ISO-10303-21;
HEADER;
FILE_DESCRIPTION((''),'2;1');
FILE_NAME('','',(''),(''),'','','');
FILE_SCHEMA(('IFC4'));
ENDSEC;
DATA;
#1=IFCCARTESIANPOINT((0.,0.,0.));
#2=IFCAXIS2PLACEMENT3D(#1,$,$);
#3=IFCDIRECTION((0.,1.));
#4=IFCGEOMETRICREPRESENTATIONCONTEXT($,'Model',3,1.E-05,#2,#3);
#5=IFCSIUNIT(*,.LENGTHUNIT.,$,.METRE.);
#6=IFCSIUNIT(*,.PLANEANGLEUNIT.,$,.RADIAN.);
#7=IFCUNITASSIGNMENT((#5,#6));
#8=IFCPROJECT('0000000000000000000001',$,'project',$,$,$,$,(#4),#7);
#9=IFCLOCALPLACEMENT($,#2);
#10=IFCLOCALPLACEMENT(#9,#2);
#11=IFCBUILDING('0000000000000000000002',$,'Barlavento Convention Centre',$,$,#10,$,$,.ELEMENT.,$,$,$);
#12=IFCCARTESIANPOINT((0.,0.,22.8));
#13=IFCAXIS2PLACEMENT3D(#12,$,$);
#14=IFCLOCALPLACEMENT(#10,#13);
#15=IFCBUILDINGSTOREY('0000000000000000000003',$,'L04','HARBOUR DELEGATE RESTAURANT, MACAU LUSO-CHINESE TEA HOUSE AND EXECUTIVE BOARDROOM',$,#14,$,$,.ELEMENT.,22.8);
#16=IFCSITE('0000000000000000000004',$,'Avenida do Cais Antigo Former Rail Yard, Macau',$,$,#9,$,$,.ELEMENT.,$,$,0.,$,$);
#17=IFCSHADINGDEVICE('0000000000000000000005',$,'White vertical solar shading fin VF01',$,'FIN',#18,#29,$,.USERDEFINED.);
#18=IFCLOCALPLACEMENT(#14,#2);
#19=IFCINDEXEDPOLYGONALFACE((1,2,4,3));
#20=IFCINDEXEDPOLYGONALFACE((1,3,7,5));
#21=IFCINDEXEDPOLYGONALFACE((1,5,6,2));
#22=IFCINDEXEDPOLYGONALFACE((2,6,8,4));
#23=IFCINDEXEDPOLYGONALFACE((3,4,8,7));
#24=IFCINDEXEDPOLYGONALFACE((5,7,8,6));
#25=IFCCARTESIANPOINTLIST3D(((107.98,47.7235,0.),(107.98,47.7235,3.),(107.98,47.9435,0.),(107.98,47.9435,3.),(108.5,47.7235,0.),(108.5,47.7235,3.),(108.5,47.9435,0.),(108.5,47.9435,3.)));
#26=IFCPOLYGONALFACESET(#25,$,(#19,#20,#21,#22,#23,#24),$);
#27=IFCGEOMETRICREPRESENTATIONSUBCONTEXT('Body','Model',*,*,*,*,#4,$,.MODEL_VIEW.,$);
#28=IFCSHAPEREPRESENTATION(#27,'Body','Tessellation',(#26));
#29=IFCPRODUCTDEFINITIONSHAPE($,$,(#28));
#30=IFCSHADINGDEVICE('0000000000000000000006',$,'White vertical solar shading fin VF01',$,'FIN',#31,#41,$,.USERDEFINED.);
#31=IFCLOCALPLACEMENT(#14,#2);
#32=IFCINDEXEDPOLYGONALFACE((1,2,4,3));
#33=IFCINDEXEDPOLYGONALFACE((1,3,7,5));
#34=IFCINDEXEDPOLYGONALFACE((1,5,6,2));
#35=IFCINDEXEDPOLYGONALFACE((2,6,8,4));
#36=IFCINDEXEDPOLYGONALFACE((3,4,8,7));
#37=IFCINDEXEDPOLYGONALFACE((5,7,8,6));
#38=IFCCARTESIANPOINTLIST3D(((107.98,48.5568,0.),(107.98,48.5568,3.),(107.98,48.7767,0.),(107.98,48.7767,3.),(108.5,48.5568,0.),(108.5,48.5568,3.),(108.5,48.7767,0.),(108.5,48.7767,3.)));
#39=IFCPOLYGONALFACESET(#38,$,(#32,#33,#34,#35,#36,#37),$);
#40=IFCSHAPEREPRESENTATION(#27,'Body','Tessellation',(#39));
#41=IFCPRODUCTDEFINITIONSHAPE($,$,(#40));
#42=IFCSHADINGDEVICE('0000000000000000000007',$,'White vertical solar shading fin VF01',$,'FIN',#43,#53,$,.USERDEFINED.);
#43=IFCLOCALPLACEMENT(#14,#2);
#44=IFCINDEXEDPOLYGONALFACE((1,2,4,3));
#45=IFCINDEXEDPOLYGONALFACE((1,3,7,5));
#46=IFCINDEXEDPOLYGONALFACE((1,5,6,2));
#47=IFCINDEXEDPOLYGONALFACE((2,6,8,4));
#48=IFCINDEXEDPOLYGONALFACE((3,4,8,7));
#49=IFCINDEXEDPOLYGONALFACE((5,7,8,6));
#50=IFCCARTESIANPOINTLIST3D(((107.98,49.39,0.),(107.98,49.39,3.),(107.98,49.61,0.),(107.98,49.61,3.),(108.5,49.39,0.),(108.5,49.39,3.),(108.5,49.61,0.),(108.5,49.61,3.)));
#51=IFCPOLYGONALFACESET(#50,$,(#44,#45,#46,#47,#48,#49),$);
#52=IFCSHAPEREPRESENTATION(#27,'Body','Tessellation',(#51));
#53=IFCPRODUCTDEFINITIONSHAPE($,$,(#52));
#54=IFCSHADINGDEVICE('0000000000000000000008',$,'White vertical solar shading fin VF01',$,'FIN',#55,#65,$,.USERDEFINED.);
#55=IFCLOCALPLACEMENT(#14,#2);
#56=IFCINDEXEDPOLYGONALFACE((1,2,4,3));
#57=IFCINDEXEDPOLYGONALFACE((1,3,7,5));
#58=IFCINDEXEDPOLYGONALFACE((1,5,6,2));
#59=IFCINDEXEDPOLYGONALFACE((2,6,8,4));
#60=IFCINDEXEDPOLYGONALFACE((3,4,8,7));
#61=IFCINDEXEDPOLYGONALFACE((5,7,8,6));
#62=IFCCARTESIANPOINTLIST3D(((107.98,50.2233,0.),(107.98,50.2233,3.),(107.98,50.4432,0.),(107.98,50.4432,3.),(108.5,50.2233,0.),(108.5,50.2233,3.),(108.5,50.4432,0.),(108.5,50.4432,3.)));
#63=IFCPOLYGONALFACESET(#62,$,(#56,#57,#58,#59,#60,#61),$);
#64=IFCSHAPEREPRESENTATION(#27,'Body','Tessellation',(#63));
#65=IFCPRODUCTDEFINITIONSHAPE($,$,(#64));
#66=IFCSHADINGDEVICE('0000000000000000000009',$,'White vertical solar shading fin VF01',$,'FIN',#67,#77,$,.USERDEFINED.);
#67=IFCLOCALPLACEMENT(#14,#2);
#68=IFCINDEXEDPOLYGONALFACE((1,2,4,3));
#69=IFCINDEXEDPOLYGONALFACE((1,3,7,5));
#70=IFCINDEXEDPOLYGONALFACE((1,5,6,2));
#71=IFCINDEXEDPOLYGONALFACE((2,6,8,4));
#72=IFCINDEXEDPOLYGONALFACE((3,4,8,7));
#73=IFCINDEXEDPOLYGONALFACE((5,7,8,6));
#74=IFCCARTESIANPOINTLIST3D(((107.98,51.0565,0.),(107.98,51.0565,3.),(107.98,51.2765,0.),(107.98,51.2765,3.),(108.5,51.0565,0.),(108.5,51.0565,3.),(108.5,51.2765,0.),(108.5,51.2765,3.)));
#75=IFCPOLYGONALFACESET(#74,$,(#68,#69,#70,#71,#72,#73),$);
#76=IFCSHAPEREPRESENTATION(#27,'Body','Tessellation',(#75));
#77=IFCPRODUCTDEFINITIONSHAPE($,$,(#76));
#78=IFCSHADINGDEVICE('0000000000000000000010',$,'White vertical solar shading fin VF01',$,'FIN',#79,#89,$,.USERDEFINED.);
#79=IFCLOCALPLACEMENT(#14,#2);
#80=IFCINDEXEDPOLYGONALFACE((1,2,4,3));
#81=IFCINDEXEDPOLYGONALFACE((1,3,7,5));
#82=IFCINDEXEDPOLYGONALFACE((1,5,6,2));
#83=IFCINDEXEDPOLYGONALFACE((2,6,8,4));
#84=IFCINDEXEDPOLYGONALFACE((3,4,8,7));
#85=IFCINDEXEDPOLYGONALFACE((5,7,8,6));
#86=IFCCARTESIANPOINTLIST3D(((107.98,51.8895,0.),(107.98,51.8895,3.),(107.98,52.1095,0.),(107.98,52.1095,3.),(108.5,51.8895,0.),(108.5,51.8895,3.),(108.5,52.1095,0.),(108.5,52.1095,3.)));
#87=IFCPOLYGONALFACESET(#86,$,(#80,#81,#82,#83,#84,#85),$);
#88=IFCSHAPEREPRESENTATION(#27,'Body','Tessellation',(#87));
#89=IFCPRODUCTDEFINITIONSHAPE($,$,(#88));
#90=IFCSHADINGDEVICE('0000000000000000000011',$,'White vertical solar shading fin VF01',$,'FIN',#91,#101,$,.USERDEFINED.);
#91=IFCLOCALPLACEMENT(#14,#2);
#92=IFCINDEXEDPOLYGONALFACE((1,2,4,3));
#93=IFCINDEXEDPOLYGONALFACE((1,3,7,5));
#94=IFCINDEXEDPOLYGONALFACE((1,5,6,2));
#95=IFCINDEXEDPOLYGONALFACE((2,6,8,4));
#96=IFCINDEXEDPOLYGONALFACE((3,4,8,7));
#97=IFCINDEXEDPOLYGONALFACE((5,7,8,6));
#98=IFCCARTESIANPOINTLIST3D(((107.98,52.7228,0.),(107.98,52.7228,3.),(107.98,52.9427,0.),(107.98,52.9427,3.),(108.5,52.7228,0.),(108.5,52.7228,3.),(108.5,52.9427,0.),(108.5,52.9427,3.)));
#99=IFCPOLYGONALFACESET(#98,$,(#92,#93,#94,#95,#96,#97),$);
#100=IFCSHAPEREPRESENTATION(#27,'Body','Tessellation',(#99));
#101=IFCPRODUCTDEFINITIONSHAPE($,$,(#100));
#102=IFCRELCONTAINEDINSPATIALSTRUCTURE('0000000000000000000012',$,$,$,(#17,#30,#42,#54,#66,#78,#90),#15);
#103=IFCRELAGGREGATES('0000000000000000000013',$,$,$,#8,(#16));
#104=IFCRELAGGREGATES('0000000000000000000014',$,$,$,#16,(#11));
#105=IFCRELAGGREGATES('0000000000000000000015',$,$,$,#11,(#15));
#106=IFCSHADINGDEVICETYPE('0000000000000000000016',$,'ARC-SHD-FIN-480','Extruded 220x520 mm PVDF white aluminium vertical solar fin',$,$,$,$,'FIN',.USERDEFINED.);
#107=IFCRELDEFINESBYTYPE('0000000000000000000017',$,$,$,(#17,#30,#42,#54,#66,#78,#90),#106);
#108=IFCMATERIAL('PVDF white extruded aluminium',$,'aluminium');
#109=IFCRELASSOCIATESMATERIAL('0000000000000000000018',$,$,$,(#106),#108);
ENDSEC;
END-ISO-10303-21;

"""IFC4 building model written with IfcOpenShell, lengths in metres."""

from ifc_helpers import new_model, si_unit, direction, frame, origin, origin_2d, place, context, subcontext, project, spatial, rectangle, extrude, material, type_object, element, save


model = new_model("IFC4")

# Units and contexts
model_context = context("Model", 3, precision=1e-05, world=origin(), true_north=direction((0.0, 1.0)))
body_context = subcontext(model_context, "Body", "Model", "MODEL_VIEW")
ifc_project = project(units=[si_unit("LENGTHUNIT", "METRE"), si_unit("PLANEANGLEUNIT", "RADIAN")], contexts=[model_context])

# Site, building, storey
site_placement = place(None, origin())
site = spatial("IfcSite", under=ifc_project, at=site_placement, Name="Avenida do Cais Antigo Former Rail Yard, Macau", CompositionType="ELEMENT", RefElevation=0.0)
building_placement = place(site_placement, origin())
building = spatial("IfcBuilding", under=site, at=building_placement, Name="Barlavento Convention Centre", CompositionType="ELEMENT")
storey_placement = place(building_placement, frame((0.0, 0.0, 22.8)))
storey = spatial("IfcBuildingStorey", under=building, at=storey_placement, Name="L04", Description="HARBOUR DELEGATE RESTAURANT, MACAU LUSO-CHINESE TEA HOUSE AND EXECUTIVE BOARDROOM", CompositionType="ELEMENT", Elevation=22.8)

# Shading devices
ifc_material_1 = material(Name="PVDF white extruded aluminium", Category="aluminium")
shading_device_type = type_object("IfcShadingDeviceType", Name="ARC-SHD-FIN-480", Description="Extruded 220x520 mm PVDF white aluminium vertical solar fin", ElementType="FIN", PredefinedType="USERDEFINED", material=ifc_material_1)
for number, where, z_axis, x_axis, name in (
    (1, (108.24, 47.8335, 0.0), (0.0, 0.0, 1.0), (0.0, 1.0, 0.0), "White vertical solar shading fin VF01"),
    (2, (108.24, 48.6667, 0.0), (0.0, 0.0, 1.0), (0.0, 1.0, 0.0), "White vertical solar shading fin VF01"),
    (3, (108.24, 49.5, 0.0), (0.0, 0.0, 1.0), (0.0, 1.0, 0.0), "White vertical solar shading fin VF01"),
    (4, (108.24, 50.3333, 0.0), (0.0, 0.0, 1.0), (0.0, 1.0, 0.0), "White vertical solar shading fin VF01"),
    (5, (108.24, 51.1665, 0.0), (0.0, 0.0, 1.0), (0.0, 1.0, 0.0), "White vertical solar shading fin VF01"),
    (6, (108.24, 51.9995, 0.0), (0.0, 0.0, 1.0), (0.0, 1.0, 0.0), "White vertical solar shading fin VF01"),
    (7, (108.24, 52.8328, 0.0), (0.0, 0.0, 1.0), (0.0, 1.0, 0.0), "White vertical solar shading fin VF01"),
):
    element("IfcShadingDevice", number, at=place(storey_placement, frame(where, z_axis=z_axis, x_axis=x_axis)), inside=storey, type_object=shading_device_type, Name=name, ObjectType="FIN", PredefinedType="USERDEFINED", context=body_context, shape_type="SweptSolid", body=[
        extrude(rectangle(XDim=0.22, YDim=0.52, at=origin_2d()), origin(), (0.0, 0.0, 1.0), 3.0),
    ])

save(model, "model.ifc")
